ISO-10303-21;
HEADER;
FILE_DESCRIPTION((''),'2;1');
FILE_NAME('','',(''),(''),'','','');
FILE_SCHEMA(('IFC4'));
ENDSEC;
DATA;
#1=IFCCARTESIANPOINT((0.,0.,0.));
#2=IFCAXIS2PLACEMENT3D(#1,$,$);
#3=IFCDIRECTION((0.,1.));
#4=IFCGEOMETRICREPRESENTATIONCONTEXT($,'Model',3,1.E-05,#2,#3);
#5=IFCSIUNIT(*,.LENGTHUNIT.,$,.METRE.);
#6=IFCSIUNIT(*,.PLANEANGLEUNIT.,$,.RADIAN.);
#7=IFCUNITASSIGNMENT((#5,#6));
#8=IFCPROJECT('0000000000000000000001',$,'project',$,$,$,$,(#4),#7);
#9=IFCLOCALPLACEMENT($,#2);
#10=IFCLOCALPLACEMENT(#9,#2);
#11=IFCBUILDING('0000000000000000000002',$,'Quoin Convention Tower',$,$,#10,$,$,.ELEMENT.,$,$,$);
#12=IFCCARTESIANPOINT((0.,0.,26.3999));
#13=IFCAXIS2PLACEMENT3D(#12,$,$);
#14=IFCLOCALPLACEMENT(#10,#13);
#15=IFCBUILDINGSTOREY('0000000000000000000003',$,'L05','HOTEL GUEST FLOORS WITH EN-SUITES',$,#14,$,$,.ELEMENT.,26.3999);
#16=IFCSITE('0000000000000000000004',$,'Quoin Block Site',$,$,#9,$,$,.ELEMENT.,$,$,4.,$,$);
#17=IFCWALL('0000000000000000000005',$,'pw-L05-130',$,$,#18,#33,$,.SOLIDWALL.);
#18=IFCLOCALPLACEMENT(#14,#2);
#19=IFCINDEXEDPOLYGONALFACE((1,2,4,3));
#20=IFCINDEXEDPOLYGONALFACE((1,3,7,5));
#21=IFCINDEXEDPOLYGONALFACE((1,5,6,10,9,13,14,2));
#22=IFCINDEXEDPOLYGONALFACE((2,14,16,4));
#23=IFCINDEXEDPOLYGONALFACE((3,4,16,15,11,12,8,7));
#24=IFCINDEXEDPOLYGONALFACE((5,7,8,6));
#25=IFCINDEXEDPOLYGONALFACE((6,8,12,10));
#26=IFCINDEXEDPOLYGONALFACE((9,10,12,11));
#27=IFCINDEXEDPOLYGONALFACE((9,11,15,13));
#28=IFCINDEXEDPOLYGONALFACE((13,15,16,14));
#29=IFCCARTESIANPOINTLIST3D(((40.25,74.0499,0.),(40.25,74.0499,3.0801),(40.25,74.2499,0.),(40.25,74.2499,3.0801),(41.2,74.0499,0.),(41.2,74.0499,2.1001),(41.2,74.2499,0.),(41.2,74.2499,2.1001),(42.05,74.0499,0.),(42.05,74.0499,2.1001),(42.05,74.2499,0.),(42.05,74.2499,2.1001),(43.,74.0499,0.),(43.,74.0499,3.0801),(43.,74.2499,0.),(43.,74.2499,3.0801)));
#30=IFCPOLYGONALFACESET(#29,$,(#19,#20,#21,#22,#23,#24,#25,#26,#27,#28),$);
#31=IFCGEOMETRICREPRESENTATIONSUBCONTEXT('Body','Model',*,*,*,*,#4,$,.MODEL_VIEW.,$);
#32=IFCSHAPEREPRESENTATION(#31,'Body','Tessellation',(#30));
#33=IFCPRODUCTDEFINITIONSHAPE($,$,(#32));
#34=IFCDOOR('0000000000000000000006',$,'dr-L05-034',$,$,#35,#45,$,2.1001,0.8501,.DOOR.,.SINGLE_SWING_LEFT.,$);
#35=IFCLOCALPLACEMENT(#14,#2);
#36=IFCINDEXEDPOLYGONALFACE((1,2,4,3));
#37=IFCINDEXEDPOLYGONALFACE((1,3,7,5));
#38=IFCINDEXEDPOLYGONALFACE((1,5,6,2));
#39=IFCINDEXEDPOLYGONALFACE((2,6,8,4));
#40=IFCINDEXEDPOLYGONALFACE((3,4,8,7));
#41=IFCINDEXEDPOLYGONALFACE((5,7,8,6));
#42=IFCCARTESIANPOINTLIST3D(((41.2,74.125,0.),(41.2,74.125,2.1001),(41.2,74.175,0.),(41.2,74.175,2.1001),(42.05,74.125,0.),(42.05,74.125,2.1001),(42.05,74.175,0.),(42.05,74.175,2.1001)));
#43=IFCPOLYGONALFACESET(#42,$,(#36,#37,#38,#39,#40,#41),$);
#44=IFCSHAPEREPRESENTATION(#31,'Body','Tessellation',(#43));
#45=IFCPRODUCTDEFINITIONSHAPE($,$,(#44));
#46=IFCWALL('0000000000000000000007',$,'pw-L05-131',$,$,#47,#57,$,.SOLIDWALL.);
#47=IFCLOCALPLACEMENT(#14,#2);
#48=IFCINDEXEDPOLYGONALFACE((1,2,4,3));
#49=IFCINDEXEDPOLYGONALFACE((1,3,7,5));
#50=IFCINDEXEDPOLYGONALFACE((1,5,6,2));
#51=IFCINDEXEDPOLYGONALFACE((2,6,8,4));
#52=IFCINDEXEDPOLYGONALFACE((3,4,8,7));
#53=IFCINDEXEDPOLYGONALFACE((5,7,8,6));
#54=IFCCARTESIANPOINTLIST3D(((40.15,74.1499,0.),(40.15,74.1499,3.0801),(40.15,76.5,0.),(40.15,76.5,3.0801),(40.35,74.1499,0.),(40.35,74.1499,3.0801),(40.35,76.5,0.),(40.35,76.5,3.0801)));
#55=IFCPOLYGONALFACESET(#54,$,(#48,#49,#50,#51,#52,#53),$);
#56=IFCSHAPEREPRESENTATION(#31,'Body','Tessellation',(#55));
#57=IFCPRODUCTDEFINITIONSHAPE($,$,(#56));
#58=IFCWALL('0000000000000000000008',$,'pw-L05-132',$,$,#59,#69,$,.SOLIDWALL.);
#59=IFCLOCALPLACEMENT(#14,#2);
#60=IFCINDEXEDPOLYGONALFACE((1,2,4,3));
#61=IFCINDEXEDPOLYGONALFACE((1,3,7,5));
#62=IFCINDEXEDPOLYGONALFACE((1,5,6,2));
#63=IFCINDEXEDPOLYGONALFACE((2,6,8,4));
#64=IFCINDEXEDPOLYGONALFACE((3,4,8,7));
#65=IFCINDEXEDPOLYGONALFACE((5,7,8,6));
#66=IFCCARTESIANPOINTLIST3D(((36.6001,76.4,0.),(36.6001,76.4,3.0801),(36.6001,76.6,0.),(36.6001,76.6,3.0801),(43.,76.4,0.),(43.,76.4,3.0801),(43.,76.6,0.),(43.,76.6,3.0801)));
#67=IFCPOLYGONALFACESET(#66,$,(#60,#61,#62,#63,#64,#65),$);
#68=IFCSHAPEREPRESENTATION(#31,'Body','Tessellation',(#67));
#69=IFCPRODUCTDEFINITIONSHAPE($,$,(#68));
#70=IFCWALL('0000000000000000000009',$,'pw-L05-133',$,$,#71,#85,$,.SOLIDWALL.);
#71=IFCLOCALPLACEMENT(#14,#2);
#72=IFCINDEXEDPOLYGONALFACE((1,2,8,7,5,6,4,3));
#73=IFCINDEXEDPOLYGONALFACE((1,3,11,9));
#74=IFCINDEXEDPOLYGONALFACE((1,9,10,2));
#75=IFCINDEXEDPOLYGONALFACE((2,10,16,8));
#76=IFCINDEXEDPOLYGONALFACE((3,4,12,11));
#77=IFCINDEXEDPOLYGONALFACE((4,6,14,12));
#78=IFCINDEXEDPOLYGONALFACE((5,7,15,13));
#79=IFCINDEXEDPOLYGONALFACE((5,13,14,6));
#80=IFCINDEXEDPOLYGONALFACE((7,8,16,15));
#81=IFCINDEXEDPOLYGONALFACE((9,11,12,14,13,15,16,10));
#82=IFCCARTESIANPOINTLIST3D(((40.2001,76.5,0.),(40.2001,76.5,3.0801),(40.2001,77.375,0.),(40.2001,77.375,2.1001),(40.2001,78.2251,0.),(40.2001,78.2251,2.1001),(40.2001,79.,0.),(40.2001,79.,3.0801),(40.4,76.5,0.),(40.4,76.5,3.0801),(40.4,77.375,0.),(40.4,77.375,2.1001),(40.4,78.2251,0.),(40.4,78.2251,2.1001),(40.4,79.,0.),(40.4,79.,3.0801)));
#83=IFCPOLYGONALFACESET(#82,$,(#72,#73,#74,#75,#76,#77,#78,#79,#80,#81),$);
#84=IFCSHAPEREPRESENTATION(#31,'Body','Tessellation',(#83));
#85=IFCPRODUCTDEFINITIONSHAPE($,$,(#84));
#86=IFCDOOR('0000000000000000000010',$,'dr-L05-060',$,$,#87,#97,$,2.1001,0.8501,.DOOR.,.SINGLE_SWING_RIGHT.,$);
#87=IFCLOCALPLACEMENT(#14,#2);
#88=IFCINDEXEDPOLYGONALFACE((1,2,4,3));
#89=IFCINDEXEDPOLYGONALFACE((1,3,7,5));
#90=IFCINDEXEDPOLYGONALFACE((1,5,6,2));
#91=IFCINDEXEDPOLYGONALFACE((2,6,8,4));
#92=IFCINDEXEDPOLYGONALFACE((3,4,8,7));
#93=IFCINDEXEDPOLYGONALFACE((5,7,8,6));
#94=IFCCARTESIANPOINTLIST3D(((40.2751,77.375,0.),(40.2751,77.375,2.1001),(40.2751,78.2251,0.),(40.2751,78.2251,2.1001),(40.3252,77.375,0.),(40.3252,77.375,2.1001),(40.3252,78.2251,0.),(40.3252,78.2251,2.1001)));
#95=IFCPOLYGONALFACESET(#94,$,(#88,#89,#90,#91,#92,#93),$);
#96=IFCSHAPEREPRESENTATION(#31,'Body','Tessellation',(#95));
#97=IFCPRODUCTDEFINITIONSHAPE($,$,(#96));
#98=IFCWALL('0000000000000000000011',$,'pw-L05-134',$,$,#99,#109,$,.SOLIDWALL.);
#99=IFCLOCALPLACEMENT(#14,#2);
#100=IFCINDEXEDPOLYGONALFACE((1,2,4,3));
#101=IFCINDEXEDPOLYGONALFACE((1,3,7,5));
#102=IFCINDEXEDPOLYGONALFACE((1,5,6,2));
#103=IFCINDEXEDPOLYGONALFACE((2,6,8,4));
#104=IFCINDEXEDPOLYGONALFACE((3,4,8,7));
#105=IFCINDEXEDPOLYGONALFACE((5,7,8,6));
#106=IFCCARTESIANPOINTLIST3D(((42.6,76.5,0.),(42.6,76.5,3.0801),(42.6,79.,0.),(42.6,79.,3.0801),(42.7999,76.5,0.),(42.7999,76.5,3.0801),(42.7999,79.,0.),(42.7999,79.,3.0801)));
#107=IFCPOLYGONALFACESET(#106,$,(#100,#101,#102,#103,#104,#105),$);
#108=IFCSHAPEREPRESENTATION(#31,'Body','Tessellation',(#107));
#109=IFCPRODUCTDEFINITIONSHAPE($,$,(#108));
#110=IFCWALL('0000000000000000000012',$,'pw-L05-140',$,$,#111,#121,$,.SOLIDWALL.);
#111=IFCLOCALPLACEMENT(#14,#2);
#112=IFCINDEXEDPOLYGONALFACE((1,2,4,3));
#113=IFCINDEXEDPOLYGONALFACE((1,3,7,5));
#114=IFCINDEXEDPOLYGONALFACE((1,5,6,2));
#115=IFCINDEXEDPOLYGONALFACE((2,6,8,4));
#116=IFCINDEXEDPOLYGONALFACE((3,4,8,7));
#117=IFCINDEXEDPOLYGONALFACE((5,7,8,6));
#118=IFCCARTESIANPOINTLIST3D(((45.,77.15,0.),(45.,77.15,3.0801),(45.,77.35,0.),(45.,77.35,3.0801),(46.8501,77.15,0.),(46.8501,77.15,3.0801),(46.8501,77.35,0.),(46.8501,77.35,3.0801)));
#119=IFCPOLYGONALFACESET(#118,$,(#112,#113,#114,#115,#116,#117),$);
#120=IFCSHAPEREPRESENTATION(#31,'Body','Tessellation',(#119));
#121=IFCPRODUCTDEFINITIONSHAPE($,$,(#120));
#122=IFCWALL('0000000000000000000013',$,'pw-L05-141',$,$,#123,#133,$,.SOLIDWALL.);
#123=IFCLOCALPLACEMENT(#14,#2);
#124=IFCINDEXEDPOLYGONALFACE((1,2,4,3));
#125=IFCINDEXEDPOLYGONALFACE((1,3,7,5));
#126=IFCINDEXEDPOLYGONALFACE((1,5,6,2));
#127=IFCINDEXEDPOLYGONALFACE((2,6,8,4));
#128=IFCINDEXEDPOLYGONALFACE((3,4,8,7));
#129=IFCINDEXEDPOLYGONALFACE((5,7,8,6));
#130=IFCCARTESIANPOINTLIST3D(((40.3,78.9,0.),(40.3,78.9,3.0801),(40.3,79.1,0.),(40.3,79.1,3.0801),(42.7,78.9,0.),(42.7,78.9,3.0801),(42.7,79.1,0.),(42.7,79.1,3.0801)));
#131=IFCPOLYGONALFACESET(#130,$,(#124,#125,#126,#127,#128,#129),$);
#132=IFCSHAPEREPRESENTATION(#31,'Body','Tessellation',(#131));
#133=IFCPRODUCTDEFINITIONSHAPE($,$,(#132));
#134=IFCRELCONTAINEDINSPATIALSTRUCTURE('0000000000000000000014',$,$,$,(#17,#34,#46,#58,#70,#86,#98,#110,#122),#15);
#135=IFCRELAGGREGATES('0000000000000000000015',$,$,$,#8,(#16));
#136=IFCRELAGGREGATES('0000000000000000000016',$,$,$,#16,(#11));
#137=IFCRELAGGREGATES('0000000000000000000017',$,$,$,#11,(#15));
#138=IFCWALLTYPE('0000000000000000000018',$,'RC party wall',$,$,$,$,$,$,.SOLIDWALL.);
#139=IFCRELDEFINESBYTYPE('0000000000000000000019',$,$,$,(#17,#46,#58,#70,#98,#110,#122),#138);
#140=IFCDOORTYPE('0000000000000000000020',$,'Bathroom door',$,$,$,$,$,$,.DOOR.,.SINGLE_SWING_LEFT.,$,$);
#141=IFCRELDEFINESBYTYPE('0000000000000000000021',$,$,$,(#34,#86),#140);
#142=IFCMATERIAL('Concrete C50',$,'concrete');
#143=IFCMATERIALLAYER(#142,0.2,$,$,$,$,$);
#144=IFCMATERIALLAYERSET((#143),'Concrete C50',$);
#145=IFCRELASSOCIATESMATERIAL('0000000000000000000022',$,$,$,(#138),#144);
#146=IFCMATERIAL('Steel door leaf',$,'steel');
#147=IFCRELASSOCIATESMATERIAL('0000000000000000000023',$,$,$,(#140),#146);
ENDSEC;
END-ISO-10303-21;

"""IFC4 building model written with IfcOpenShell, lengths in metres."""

from ifc_helpers import new_model, si_unit, direction, frame, frame_2d, origin, place, context, subcontext, project, spatial, rectangle, extrude, material, layer, layer_set, type_object, element, fill, save


model = new_model("IFC4")

# Units and contexts
model_context = context("Model", 3, precision=1e-05, world=origin(), true_north=direction((0.0, 1.0)))
body_context = subcontext(model_context, "Body", "Model", "MODEL_VIEW")
ifc_project = project(units=[si_unit("LENGTHUNIT", "METRE"), si_unit("PLANEANGLEUNIT", "RADIAN")], contexts=[model_context])

# Site, building, storey
site_placement = place(None, origin())
site = spatial("IfcSite", under=ifc_project, at=site_placement, Name="Quoin Block Site", CompositionType="ELEMENT", RefElevation=4.0)
building_placement = place(site_placement, origin())
building = spatial("IfcBuilding", under=site, at=building_placement, Name="Quoin Convention Tower", CompositionType="ELEMENT")
storey_placement = place(building_placement, frame((0.0, 0.0, 26.3999)))
storey = spatial("IfcBuildingStorey", under=building, at=storey_placement, Name="L05", Description="HOTEL GUEST FLOORS WITH EN-SUITES", CompositionType="ELEMENT", Elevation=26.3999)

# Wall, opening, door
ifc_material_1 = material(Name="Concrete C50", Category="concrete")
ifc_layer_1 = layer(ifc_material_1, 0.2)
ifc_layer_set_1 = layer_set([ifc_layer_1], Name="Concrete C50")
wall_type_1 = type_object("IfcWallType", Name="RC party wall", PredefinedType="SOLIDWALL", material=ifc_layer_set_1)
wall_1_placement = place(storey_placement, frame((40.25, 74.1499, 0.0), z_axis=(0.0, 0.0, 1.0), x_axis=(1.0, 0.0, 0.0)))
wall_1 = element("IfcWall", 1, at=wall_1_placement, inside=storey, type_object=wall_type_1, Name="pw-L05-130", PredefinedType="SOLIDWALL", context=body_context, shape_type="SweptSolid", body=[
    extrude(rectangle(XDim=2.75, YDim=0.2, at=frame_2d((1.375, 0.0))), origin(), (0.0, 0.0, 1.0), 3.0801),
])
opening_1_placement = place(wall_1_placement, frame((0.95, 0.0, 0.0)))
opening_1 = element("IfcOpeningElement", 2, at=opening_1_placement, cuts=wall_1, PredefinedType="OPENING", context=body_context, shape_type="SweptSolid", body=[
    extrude(rectangle(XDim=0.8501, YDim=2.1001, at=frame_2d((0.425, 1.05))), frame((0.0, 0.1099, 0.0), z_axis=(0.0, -1.0, 0.0), x_axis=(1.0, 0.0, 0.0)), (0.0, 0.0, 1.0), 0.22),
])
ifc_material_2 = material(Name="Steel door leaf", Category="steel")
door_type = type_object("IfcDoorType", Name="Bathroom door", OperationType="SINGLE_SWING_LEFT", PredefinedType="DOOR", material=ifc_material_2)
door_1_placement = place(opening_1_placement, frame((0.8501, 0.0, 0.0), z_axis=(0.0, 0.0, 1.0), x_axis=(-1.0, 0.0, 0.0)))
door_1 = element("IfcDoor", 3, at=door_1_placement, inside=storey, type_object=door_type, Name="dr-L05-034", OperationType="SINGLE_SWING_LEFT", OverallHeight=2.1001, OverallWidth=0.8501, PredefinedType="DOOR", context=body_context, shape_type="SweptSolid", body=[
    extrude(rectangle(XDim=0.8501, YDim=2.1001, at=frame_2d((0.425, 1.05))), frame((0.0, 0.0249, 0.0), z_axis=(0.0, -1.0, 0.0), x_axis=(1.0, 0.0, 0.0)), (0.0, 0.0, 1.0), 0.05),
])
fill(opening_1, door_1)

# Walls
wall_2_placement = place(storey_placement, frame((40.25, 74.1499, 0.0), z_axis=(0.0, 0.0, 1.0), x_axis=(0.0, 1.0, 0.0)))
element("IfcWall", 4, at=wall_2_placement, inside=storey, type_object=wall_type_1, Name="pw-L05-131", PredefinedType="SOLIDWALL", context=body_context, shape_type="SweptSolid", body=[
    extrude(rectangle(XDim=2.3501, YDim=0.2, at=frame_2d((1.175, 0.0))), origin(), (0.0, 0.0, 1.0), 3.0801),
])
wall_3_placement = place(storey_placement, frame((36.6001, 76.5, 0.0), z_axis=(0.0, 0.0, 1.0), x_axis=(1.0, 0.0, 0.0)))
element("IfcWall", 5, at=wall_3_placement, inside=storey, type_object=wall_type_1, Name="pw-L05-132", PredefinedType="SOLIDWALL", context=body_context, shape_type="SweptSolid", body=[
    extrude(rectangle(XDim=6.3999, YDim=0.2, at=frame_2d((3.2, 0.0))), origin(), (0.0, 0.0, 1.0), 3.0801),
])

# Wall, opening, door
wall_4_placement = place(storey_placement, frame((40.3, 76.5, 0.0), z_axis=(0.0, 0.0, 1.0), x_axis=(0.0, 1.0, 0.0)))
wall_4 = element("IfcWall", 6, at=wall_4_placement, inside=storey, type_object=wall_type_1, Name="pw-L05-133", PredefinedType="SOLIDWALL", context=body_context, shape_type="SweptSolid", body=[
    extrude(rectangle(XDim=2.5, YDim=0.2, at=frame_2d((1.25, 0.0))), origin(), (0.0, 0.0, 1.0), 3.0801),
])
opening_2_placement = place(wall_4_placement, frame((0.875, 0.0, 0.0)))
opening_2 = element("IfcOpeningElement", 7, at=opening_2_placement, cuts=wall_4, PredefinedType="OPENING", context=body_context, shape_type="SweptSolid", body=[
    extrude(rectangle(XDim=0.8501, YDim=2.1001, at=frame_2d((0.425, 1.05))), frame((0.0, 0.1099, 0.0), z_axis=(0.0, -1.0, 0.0), x_axis=(1.0, 0.0, 0.0)), (0.0, 0.0, 1.0), 0.22),
])
door_2_placement = place(opening_2_placement, origin())
door_2 = element("IfcDoor", 8, at=door_2_placement, inside=storey, type_object=door_type, Name="dr-L05-060", OperationType="SINGLE_SWING_RIGHT", OverallHeight=2.1001, OverallWidth=0.8501, PredefinedType="DOOR", context=body_context, shape_type="SweptSolid", body=[
    extrude(rectangle(XDim=0.8501, YDim=2.1001, at=frame_2d((0.425, 1.05))), frame((0.0, 0.0249, 0.0), z_axis=(0.0, -1.0, 0.0), x_axis=(1.0, 0.0, 0.0)), (0.0, 0.0, 1.0), 0.05),
])
fill(opening_2, door_2)

# Walls
wall_5_placement = place(storey_placement, frame((42.7, 76.5, 0.0), z_axis=(0.0, 0.0, 1.0), x_axis=(0.0, 1.0, 0.0)))
element("IfcWall", 9, at=wall_5_placement, inside=storey, type_object=wall_type_1, Name="pw-L05-134", PredefinedType="SOLIDWALL", context=body_context, shape_type="SweptSolid", body=[
    extrude(rectangle(XDim=2.5, YDim=0.2, at=frame_2d((1.25, 0.0))), origin(), (0.0, 0.0, 1.0), 3.0801),
])
wall_6_placement = place(storey_placement, frame((45.0, 77.25, 0.0), z_axis=(0.0, 0.0, 1.0), x_axis=(1.0, 0.0, 0.0)))
element("IfcWall", 10, at=wall_6_placement, inside=storey, type_object=wall_type_1, Name="pw-L05-140", PredefinedType="SOLIDWALL", context=body_context, shape_type="SweptSolid", body=[
    extrude(rectangle(XDim=1.8501, YDim=0.2, at=frame_2d((0.925, 0.0))), origin(), (0.0, 0.0, 1.0), 3.0801),
])
wall_7_placement = place(storey_placement, frame((40.3, 79.0, 0.0), z_axis=(0.0, 0.0, 1.0), x_axis=(1.0, 0.0, 0.0)))
element("IfcWall", 11, at=wall_7_placement, inside=storey, type_object=wall_type_1, Name="pw-L05-141", PredefinedType="SOLIDWALL", context=body_context, shape_type="SweptSolid", body=[
    extrude(rectangle(XDim=2.3999, YDim=0.2, at=frame_2d((1.2, 0.0))), origin(), (0.0, 0.0, 1.0), 3.0801),
])

save(model, "model.ifc")
